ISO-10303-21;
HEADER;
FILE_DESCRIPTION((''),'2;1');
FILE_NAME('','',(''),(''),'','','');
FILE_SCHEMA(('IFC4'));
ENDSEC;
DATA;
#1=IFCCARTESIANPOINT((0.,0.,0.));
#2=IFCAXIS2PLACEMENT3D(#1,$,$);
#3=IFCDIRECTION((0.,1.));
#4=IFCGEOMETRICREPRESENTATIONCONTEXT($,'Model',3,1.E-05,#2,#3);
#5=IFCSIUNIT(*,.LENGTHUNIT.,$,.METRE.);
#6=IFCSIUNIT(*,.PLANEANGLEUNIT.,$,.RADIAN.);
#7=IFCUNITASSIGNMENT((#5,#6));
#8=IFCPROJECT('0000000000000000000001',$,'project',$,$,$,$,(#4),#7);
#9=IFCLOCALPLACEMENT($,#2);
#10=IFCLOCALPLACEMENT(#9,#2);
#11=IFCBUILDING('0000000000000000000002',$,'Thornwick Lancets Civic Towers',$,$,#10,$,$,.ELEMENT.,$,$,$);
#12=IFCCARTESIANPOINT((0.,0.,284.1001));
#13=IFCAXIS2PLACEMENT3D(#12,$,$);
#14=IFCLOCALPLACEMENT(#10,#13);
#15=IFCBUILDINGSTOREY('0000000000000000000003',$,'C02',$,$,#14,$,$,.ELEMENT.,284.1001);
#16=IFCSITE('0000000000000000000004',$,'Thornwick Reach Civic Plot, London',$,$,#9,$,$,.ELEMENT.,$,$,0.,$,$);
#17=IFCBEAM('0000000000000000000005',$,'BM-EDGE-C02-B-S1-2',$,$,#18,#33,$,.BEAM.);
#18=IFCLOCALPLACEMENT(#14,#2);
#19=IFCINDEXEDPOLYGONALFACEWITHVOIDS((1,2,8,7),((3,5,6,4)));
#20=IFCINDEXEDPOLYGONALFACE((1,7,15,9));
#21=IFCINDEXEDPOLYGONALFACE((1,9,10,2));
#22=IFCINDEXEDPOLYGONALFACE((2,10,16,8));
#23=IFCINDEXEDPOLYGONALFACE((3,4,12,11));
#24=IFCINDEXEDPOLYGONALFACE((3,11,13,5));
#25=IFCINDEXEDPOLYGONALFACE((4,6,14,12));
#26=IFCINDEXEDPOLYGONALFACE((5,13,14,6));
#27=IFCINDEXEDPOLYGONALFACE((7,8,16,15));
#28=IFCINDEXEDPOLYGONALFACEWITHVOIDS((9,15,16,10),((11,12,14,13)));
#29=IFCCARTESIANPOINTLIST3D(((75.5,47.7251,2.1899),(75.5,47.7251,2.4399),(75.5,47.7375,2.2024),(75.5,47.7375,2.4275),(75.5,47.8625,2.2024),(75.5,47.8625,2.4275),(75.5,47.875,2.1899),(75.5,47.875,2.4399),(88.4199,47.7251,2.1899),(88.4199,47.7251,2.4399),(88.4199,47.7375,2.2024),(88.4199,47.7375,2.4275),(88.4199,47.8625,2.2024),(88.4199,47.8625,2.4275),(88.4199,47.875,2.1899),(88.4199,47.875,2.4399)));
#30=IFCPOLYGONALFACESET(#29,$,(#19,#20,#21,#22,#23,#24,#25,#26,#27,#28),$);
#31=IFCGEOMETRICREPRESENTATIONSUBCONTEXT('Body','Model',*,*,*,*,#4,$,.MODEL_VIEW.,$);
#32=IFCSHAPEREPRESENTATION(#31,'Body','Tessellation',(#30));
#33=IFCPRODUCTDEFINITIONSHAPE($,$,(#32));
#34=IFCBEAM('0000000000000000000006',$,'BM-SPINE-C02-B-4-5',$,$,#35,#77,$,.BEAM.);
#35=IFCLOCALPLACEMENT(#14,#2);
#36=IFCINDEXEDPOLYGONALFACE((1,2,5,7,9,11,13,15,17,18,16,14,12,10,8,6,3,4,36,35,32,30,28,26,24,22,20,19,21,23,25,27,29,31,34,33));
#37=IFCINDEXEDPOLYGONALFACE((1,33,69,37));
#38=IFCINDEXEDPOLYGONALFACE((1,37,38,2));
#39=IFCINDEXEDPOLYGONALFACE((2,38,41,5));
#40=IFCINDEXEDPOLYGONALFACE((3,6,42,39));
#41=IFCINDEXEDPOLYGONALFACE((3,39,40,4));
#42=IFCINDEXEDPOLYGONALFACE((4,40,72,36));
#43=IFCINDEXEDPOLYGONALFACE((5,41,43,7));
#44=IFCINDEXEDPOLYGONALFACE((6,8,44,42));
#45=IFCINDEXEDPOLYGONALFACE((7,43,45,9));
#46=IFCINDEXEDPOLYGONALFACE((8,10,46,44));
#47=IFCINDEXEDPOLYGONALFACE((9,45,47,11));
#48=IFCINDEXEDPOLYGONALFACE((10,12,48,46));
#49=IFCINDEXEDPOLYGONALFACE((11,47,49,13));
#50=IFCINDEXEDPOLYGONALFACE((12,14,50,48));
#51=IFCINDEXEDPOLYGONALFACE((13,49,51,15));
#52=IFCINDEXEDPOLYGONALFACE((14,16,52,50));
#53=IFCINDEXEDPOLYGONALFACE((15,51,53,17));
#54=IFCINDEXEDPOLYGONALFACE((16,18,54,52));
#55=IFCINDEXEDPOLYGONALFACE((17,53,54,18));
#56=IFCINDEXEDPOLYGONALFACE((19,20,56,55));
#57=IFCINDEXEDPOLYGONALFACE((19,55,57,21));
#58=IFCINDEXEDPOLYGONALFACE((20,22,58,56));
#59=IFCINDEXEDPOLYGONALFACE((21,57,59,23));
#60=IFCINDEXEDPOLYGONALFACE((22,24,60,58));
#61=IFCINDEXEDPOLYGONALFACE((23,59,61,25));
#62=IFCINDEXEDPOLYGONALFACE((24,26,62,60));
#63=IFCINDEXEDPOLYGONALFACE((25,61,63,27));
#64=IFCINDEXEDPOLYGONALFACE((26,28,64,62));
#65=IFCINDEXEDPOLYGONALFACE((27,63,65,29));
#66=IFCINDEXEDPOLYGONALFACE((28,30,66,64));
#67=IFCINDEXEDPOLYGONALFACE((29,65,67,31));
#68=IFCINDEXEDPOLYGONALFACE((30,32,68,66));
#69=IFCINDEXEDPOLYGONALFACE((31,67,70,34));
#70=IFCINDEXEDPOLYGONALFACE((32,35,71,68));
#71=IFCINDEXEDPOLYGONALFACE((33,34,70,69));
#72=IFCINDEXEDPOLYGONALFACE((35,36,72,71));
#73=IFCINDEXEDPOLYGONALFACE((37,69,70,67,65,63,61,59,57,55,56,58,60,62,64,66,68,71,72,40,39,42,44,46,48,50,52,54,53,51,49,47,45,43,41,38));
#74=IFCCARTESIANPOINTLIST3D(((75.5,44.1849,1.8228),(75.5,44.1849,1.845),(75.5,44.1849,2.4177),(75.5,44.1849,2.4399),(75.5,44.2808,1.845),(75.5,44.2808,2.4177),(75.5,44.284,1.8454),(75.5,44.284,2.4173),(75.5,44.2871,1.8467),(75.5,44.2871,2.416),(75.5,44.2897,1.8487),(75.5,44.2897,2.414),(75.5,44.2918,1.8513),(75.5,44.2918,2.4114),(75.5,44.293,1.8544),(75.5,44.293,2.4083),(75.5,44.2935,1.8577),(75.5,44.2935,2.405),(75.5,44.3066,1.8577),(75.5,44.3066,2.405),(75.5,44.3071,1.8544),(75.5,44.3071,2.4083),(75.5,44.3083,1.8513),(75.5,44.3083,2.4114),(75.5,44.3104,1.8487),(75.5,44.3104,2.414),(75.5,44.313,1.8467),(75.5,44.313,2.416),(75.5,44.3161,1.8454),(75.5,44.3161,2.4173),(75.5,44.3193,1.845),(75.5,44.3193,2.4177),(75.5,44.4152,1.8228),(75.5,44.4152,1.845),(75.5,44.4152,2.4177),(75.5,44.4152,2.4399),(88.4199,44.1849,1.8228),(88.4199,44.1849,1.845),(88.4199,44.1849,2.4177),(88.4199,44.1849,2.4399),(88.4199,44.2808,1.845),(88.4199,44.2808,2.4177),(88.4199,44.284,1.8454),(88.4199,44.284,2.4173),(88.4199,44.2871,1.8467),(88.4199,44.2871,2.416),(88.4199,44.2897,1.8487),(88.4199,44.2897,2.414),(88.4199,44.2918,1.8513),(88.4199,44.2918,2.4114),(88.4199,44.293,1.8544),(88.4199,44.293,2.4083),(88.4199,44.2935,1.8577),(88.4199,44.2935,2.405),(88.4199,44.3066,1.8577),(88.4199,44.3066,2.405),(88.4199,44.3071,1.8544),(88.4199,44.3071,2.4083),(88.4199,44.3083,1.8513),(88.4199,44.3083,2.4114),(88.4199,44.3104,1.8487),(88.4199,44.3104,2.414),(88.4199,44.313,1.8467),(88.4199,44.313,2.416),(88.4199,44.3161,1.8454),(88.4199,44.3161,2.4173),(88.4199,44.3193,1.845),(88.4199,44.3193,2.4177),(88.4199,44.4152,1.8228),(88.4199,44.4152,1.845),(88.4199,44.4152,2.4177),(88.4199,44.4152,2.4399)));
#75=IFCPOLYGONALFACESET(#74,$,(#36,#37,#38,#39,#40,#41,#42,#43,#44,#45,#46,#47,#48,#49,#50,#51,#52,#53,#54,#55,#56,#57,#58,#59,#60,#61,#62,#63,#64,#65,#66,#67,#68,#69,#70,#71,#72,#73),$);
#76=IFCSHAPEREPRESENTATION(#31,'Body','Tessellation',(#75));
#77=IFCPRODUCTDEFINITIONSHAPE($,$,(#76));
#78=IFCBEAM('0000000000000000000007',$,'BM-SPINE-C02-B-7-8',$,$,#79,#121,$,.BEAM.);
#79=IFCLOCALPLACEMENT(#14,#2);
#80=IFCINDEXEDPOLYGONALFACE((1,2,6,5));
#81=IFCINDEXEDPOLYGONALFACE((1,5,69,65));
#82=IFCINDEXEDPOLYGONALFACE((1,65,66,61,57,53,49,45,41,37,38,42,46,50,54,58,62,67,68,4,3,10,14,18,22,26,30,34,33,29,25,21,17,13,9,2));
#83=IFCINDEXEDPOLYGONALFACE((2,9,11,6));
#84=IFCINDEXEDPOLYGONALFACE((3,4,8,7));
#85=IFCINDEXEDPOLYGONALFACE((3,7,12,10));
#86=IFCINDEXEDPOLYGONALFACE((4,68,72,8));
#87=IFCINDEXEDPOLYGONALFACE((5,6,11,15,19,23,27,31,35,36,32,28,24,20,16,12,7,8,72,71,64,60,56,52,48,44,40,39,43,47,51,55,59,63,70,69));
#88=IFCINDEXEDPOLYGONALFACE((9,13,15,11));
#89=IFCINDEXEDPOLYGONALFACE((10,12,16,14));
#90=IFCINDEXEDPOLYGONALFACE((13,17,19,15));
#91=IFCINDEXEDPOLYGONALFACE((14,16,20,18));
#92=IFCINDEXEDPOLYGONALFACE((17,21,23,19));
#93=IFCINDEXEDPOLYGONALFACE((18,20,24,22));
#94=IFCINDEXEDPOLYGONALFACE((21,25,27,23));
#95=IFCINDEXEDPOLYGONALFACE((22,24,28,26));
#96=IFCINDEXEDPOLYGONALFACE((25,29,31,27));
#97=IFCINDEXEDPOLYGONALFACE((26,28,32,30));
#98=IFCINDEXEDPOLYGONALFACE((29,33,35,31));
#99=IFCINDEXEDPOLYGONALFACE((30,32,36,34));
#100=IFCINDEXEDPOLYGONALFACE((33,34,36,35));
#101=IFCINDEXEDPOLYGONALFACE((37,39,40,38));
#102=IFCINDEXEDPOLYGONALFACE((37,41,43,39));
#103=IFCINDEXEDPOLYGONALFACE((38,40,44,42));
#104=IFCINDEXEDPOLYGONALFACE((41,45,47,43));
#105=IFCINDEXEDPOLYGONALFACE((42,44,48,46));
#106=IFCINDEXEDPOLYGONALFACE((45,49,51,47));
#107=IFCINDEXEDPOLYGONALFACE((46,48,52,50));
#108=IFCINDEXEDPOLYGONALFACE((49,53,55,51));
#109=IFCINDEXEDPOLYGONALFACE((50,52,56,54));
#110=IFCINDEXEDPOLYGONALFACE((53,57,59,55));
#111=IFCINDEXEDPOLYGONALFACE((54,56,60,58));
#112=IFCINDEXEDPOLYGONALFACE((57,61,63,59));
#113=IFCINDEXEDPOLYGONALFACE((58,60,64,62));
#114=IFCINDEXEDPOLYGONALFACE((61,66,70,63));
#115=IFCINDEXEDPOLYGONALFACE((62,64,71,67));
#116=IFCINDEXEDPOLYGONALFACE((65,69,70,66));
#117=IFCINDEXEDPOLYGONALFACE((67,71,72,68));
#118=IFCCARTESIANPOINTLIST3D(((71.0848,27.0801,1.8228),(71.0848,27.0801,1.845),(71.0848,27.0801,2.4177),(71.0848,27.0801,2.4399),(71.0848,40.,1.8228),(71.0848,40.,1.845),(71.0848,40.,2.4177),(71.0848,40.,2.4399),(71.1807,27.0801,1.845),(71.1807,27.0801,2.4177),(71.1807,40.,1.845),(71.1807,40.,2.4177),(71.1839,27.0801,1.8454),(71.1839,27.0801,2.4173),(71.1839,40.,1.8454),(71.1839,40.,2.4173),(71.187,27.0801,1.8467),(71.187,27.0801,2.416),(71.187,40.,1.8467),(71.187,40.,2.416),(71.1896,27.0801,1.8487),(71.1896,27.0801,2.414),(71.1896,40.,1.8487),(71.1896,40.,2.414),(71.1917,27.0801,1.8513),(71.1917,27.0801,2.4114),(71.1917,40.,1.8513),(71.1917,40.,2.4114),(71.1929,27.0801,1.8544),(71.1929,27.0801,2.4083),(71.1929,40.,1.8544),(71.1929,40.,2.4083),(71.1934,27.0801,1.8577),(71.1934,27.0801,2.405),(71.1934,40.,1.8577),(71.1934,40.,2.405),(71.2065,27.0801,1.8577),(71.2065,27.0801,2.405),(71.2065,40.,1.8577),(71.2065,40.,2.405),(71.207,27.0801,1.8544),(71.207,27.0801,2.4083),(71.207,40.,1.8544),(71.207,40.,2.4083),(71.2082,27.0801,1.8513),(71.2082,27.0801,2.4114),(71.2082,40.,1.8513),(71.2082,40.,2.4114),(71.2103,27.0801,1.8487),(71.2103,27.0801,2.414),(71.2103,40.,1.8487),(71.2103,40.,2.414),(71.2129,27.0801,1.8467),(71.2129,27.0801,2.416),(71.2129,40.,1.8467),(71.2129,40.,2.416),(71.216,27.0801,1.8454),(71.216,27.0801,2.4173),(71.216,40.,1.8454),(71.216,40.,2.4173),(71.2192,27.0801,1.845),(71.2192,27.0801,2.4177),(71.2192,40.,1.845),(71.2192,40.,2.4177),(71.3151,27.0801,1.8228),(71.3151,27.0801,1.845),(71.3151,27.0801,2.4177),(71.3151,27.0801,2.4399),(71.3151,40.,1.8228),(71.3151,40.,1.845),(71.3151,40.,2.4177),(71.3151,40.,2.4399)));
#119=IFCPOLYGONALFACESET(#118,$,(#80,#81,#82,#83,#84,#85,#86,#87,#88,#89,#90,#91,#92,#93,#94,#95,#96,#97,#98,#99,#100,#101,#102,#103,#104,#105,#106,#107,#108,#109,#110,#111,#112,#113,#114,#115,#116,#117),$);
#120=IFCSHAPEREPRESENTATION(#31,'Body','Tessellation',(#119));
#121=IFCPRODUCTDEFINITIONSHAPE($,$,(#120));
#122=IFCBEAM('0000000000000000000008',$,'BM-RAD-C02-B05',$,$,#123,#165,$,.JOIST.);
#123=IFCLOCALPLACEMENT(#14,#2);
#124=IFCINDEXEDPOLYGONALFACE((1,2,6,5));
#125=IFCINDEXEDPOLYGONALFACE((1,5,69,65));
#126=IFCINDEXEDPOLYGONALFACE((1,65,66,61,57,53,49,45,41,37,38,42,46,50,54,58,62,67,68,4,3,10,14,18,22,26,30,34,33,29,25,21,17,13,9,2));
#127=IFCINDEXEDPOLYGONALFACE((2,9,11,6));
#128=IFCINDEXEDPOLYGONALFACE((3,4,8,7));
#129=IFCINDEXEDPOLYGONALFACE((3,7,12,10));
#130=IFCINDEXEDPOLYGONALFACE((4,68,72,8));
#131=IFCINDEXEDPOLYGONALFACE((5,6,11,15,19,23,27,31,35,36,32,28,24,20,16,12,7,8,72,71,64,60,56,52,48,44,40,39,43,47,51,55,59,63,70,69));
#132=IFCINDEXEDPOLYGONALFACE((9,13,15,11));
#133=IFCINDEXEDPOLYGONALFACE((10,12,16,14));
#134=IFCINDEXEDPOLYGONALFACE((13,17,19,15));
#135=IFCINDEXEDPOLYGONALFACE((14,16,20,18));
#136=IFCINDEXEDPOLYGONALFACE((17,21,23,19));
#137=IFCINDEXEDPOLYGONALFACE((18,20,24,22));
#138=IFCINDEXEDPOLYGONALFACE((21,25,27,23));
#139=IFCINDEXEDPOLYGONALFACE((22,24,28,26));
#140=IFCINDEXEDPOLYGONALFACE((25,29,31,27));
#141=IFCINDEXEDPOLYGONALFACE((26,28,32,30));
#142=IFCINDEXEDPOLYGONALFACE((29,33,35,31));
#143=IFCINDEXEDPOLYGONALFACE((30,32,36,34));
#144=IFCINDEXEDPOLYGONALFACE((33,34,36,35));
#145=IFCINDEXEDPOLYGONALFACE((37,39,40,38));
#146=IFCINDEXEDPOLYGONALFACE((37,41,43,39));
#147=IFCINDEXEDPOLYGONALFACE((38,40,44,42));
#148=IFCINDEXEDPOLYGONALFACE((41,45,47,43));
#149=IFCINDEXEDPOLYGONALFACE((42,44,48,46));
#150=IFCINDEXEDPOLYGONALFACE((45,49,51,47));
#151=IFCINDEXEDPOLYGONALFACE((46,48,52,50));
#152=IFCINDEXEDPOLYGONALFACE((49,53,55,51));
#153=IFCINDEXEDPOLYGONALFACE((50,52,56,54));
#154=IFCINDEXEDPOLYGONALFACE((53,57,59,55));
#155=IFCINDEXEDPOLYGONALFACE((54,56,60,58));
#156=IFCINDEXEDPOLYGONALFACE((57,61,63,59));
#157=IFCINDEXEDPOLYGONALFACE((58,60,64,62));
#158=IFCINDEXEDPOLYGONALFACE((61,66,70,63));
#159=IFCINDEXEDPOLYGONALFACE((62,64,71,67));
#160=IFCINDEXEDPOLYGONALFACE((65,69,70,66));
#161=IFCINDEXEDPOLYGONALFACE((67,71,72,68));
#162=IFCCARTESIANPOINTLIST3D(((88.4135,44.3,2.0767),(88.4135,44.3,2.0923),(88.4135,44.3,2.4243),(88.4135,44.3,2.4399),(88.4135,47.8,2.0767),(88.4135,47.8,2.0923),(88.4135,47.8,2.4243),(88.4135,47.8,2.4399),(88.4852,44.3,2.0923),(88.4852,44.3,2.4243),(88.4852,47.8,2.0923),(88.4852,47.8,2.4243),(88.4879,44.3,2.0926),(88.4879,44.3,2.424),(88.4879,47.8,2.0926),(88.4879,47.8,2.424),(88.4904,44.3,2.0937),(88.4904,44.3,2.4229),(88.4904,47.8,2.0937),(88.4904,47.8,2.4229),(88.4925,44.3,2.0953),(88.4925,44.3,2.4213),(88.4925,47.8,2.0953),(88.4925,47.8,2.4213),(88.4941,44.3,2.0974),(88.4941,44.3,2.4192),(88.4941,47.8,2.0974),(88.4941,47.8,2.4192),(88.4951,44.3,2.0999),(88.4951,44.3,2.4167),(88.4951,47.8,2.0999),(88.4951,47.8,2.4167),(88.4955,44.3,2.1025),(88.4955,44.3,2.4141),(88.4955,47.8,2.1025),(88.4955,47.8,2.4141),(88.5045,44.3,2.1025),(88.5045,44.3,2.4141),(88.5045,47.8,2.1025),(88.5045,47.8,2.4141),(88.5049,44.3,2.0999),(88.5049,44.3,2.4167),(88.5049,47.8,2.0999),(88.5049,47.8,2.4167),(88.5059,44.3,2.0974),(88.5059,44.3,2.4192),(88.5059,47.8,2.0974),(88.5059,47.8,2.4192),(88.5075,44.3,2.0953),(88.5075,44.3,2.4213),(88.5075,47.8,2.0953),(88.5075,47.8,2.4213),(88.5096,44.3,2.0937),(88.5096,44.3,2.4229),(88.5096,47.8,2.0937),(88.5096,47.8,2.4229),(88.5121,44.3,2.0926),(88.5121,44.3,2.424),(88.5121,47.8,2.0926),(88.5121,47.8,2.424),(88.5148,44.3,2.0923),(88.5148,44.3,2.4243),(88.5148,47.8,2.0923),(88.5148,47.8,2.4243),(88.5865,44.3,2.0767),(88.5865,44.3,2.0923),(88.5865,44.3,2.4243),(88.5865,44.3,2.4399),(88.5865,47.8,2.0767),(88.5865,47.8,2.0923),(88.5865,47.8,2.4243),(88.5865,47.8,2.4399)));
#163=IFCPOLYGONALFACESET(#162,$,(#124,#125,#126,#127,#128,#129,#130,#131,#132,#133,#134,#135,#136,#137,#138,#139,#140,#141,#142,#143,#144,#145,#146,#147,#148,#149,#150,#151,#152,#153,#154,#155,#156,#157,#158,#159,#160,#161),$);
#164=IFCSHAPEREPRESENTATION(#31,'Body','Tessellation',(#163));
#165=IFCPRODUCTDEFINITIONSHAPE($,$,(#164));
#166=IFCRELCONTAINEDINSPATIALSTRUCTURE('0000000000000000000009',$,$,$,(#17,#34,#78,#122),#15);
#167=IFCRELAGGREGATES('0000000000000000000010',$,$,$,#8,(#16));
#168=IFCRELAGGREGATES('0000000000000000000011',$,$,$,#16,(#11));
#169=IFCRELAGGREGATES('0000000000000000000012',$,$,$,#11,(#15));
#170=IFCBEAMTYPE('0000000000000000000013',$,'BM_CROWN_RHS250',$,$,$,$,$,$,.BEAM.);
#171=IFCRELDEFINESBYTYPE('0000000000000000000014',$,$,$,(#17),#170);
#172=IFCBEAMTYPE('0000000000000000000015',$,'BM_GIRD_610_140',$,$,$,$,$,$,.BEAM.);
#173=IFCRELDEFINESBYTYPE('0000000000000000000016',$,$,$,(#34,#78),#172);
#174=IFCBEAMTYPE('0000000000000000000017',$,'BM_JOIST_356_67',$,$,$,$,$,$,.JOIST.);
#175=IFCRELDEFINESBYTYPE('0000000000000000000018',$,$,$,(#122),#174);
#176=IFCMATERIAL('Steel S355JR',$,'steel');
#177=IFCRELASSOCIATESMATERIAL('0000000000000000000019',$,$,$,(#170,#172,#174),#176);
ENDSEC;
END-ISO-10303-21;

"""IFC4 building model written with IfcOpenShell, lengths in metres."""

from ifc_helpers import new_model, si_unit, direction, frame, origin, origin_2d, place, context, subcontext, project, spatial, hollow_rectangle, i_section, extrude, material, material_profile, profile_set, type_object, element, save


model = new_model("IFC4")

# Units and contexts
model_context = context("Model", 3, precision=1e-05, world=origin(), true_north=direction((0.0, 1.0)))
body_context = subcontext(model_context, "Body", "Model", "MODEL_VIEW")
ifc_project = project(units=[si_unit("LENGTHUNIT", "METRE"), si_unit("PLANEANGLEUNIT", "RADIAN")], contexts=[model_context])

# Site, building, storey
site_placement = place(None, origin())
site = spatial("IfcSite", under=ifc_project, at=site_placement, Name="Thornwick Reach Civic Plot, London", CompositionType="ELEMENT", RefElevation=0.0)
building_placement = place(site_placement, origin())
building = spatial("IfcBuilding", under=site, at=building_placement, Name="Thornwick Lancets Civic Towers", CompositionType="ELEMENT")
storey_placement = place(building_placement, frame((0.0, 0.0, 284.1001)))
storey = spatial("IfcBuildingStorey", under=building, at=storey_placement, Name="C02", CompositionType="ELEMENT", Elevation=284.1001)

# Shared definitions
ifc_material_1 = material(Name="Steel S355JR", Category="steel")

# Beams
ifc_material_profile_1 = material_profile(ifc_material_1, hollow_rectangle(XDim=0.1499, YDim=0.25, WallThickness=0.0125, at=origin_2d()), Name="RHS 250x150x12.5")
ifc_profile_set_1 = profile_set([ifc_material_profile_1], Name="Steel S355JR")
beam_type_1 = type_object("IfcBeamType", Name="BM_CROWN_RHS250", PredefinedType="BEAM", material=ifc_profile_set_1)
beam_1_placement = place(storey_placement, frame((88.4199, 47.8, 2.3149), z_axis=(-1.0, 0.0, 0.0), x_axis=(0.0, -1.0, 0.0)))
element("IfcBeam", 1, at=beam_1_placement, inside=storey, type_object=beam_type_1, Name="BM-EDGE-C02-B-S1-2", PredefinedType="BEAM", context=body_context, shape_type="SweptSolid", body=[
    extrude(hollow_rectangle(XDim=0.1499, YDim=0.25, WallThickness=0.0125, at=origin_2d()), origin(), (0.0, 0.0, 1.0), 12.9199),
])
ifc_material_profile_2 = material_profile(ifc_material_1, i_section(OverallWidth=0.2302, OverallDepth=0.6172, WebThickness=0.0132, FlangeThickness=0.0222, FilletRadius=0.0127, at=origin_2d()), Name="UKB 610x229x140")
ifc_profile_set_2 = profile_set([ifc_material_profile_2], Name="Steel S355JR")
beam_type_2 = type_object("IfcBeamType", Name="BM_GIRD_610_140", PredefinedType="BEAM", material=ifc_profile_set_2)
for number, where, z_axis, x_axis, name in (
    (2, (88.4199, 44.3, 2.1313), (-1.0, 0.0, 0.0), (0.0, -1.0, 0.0), "BM-SPINE-C02-B-4-5"),
    (3, (71.2, 27.0801, 2.1313), (0.0, 1.0, 0.0), (-1.0, 0.0, 0.0), "BM-SPINE-C02-B-7-8"),
):
    element("IfcBeam", number, at=place(storey_placement, frame(where, z_axis=z_axis, x_axis=x_axis)), inside=storey, type_object=beam_type_2, Name=name, PredefinedType="BEAM", context=body_context, shape_type="SweptSolid", body=[
        extrude(i_section(OverallWidth=0.2302, OverallDepth=0.6172, WebThickness=0.0132, FlangeThickness=0.0222, FilletRadius=0.0127, at=origin_2d()), origin(), (0.0, 0.0, 1.0), 12.9199),
    ])
ifc_material_profile_3 = material_profile(ifc_material_1, i_section(OverallWidth=0.1731, OverallDepth=0.3633, WebThickness=0.009, FlangeThickness=0.0156, FilletRadius=0.0103, at=origin_2d()), Name="UKB 356x171x67")
ifc_profile_set_3 = profile_set([ifc_material_profile_3], Name="Steel S355JR")
beam_type_3 = type_object("IfcBeamType", Name="BM_JOIST_356_67", PredefinedType="JOIST", material=ifc_profile_set_3)
for number, where, z_axis, x_axis, name in (
    (4, (88.5, 44.3, 2.2583), (0.0, 1.0, 0.0), (-1.0, 0.0, 0.0), "BM-RAD-C02-B05"),
):
    element("IfcBeam", number, at=place(storey_placement, frame(where, z_axis=z_axis, x_axis=x_axis)), inside=storey, type_object=beam_type_3, Name=name, PredefinedType="JOIST", context=body_context, shape_type="SweptSolid", body=[
        extrude(i_section(OverallWidth=0.1731, OverallDepth=0.3633, WebThickness=0.009, FlangeThickness=0.0156, FilletRadius=0.0103, at=origin_2d()), origin(), (0.0, 0.0, 1.0), 3.5),
    ])

save(model, "model.ifc")
